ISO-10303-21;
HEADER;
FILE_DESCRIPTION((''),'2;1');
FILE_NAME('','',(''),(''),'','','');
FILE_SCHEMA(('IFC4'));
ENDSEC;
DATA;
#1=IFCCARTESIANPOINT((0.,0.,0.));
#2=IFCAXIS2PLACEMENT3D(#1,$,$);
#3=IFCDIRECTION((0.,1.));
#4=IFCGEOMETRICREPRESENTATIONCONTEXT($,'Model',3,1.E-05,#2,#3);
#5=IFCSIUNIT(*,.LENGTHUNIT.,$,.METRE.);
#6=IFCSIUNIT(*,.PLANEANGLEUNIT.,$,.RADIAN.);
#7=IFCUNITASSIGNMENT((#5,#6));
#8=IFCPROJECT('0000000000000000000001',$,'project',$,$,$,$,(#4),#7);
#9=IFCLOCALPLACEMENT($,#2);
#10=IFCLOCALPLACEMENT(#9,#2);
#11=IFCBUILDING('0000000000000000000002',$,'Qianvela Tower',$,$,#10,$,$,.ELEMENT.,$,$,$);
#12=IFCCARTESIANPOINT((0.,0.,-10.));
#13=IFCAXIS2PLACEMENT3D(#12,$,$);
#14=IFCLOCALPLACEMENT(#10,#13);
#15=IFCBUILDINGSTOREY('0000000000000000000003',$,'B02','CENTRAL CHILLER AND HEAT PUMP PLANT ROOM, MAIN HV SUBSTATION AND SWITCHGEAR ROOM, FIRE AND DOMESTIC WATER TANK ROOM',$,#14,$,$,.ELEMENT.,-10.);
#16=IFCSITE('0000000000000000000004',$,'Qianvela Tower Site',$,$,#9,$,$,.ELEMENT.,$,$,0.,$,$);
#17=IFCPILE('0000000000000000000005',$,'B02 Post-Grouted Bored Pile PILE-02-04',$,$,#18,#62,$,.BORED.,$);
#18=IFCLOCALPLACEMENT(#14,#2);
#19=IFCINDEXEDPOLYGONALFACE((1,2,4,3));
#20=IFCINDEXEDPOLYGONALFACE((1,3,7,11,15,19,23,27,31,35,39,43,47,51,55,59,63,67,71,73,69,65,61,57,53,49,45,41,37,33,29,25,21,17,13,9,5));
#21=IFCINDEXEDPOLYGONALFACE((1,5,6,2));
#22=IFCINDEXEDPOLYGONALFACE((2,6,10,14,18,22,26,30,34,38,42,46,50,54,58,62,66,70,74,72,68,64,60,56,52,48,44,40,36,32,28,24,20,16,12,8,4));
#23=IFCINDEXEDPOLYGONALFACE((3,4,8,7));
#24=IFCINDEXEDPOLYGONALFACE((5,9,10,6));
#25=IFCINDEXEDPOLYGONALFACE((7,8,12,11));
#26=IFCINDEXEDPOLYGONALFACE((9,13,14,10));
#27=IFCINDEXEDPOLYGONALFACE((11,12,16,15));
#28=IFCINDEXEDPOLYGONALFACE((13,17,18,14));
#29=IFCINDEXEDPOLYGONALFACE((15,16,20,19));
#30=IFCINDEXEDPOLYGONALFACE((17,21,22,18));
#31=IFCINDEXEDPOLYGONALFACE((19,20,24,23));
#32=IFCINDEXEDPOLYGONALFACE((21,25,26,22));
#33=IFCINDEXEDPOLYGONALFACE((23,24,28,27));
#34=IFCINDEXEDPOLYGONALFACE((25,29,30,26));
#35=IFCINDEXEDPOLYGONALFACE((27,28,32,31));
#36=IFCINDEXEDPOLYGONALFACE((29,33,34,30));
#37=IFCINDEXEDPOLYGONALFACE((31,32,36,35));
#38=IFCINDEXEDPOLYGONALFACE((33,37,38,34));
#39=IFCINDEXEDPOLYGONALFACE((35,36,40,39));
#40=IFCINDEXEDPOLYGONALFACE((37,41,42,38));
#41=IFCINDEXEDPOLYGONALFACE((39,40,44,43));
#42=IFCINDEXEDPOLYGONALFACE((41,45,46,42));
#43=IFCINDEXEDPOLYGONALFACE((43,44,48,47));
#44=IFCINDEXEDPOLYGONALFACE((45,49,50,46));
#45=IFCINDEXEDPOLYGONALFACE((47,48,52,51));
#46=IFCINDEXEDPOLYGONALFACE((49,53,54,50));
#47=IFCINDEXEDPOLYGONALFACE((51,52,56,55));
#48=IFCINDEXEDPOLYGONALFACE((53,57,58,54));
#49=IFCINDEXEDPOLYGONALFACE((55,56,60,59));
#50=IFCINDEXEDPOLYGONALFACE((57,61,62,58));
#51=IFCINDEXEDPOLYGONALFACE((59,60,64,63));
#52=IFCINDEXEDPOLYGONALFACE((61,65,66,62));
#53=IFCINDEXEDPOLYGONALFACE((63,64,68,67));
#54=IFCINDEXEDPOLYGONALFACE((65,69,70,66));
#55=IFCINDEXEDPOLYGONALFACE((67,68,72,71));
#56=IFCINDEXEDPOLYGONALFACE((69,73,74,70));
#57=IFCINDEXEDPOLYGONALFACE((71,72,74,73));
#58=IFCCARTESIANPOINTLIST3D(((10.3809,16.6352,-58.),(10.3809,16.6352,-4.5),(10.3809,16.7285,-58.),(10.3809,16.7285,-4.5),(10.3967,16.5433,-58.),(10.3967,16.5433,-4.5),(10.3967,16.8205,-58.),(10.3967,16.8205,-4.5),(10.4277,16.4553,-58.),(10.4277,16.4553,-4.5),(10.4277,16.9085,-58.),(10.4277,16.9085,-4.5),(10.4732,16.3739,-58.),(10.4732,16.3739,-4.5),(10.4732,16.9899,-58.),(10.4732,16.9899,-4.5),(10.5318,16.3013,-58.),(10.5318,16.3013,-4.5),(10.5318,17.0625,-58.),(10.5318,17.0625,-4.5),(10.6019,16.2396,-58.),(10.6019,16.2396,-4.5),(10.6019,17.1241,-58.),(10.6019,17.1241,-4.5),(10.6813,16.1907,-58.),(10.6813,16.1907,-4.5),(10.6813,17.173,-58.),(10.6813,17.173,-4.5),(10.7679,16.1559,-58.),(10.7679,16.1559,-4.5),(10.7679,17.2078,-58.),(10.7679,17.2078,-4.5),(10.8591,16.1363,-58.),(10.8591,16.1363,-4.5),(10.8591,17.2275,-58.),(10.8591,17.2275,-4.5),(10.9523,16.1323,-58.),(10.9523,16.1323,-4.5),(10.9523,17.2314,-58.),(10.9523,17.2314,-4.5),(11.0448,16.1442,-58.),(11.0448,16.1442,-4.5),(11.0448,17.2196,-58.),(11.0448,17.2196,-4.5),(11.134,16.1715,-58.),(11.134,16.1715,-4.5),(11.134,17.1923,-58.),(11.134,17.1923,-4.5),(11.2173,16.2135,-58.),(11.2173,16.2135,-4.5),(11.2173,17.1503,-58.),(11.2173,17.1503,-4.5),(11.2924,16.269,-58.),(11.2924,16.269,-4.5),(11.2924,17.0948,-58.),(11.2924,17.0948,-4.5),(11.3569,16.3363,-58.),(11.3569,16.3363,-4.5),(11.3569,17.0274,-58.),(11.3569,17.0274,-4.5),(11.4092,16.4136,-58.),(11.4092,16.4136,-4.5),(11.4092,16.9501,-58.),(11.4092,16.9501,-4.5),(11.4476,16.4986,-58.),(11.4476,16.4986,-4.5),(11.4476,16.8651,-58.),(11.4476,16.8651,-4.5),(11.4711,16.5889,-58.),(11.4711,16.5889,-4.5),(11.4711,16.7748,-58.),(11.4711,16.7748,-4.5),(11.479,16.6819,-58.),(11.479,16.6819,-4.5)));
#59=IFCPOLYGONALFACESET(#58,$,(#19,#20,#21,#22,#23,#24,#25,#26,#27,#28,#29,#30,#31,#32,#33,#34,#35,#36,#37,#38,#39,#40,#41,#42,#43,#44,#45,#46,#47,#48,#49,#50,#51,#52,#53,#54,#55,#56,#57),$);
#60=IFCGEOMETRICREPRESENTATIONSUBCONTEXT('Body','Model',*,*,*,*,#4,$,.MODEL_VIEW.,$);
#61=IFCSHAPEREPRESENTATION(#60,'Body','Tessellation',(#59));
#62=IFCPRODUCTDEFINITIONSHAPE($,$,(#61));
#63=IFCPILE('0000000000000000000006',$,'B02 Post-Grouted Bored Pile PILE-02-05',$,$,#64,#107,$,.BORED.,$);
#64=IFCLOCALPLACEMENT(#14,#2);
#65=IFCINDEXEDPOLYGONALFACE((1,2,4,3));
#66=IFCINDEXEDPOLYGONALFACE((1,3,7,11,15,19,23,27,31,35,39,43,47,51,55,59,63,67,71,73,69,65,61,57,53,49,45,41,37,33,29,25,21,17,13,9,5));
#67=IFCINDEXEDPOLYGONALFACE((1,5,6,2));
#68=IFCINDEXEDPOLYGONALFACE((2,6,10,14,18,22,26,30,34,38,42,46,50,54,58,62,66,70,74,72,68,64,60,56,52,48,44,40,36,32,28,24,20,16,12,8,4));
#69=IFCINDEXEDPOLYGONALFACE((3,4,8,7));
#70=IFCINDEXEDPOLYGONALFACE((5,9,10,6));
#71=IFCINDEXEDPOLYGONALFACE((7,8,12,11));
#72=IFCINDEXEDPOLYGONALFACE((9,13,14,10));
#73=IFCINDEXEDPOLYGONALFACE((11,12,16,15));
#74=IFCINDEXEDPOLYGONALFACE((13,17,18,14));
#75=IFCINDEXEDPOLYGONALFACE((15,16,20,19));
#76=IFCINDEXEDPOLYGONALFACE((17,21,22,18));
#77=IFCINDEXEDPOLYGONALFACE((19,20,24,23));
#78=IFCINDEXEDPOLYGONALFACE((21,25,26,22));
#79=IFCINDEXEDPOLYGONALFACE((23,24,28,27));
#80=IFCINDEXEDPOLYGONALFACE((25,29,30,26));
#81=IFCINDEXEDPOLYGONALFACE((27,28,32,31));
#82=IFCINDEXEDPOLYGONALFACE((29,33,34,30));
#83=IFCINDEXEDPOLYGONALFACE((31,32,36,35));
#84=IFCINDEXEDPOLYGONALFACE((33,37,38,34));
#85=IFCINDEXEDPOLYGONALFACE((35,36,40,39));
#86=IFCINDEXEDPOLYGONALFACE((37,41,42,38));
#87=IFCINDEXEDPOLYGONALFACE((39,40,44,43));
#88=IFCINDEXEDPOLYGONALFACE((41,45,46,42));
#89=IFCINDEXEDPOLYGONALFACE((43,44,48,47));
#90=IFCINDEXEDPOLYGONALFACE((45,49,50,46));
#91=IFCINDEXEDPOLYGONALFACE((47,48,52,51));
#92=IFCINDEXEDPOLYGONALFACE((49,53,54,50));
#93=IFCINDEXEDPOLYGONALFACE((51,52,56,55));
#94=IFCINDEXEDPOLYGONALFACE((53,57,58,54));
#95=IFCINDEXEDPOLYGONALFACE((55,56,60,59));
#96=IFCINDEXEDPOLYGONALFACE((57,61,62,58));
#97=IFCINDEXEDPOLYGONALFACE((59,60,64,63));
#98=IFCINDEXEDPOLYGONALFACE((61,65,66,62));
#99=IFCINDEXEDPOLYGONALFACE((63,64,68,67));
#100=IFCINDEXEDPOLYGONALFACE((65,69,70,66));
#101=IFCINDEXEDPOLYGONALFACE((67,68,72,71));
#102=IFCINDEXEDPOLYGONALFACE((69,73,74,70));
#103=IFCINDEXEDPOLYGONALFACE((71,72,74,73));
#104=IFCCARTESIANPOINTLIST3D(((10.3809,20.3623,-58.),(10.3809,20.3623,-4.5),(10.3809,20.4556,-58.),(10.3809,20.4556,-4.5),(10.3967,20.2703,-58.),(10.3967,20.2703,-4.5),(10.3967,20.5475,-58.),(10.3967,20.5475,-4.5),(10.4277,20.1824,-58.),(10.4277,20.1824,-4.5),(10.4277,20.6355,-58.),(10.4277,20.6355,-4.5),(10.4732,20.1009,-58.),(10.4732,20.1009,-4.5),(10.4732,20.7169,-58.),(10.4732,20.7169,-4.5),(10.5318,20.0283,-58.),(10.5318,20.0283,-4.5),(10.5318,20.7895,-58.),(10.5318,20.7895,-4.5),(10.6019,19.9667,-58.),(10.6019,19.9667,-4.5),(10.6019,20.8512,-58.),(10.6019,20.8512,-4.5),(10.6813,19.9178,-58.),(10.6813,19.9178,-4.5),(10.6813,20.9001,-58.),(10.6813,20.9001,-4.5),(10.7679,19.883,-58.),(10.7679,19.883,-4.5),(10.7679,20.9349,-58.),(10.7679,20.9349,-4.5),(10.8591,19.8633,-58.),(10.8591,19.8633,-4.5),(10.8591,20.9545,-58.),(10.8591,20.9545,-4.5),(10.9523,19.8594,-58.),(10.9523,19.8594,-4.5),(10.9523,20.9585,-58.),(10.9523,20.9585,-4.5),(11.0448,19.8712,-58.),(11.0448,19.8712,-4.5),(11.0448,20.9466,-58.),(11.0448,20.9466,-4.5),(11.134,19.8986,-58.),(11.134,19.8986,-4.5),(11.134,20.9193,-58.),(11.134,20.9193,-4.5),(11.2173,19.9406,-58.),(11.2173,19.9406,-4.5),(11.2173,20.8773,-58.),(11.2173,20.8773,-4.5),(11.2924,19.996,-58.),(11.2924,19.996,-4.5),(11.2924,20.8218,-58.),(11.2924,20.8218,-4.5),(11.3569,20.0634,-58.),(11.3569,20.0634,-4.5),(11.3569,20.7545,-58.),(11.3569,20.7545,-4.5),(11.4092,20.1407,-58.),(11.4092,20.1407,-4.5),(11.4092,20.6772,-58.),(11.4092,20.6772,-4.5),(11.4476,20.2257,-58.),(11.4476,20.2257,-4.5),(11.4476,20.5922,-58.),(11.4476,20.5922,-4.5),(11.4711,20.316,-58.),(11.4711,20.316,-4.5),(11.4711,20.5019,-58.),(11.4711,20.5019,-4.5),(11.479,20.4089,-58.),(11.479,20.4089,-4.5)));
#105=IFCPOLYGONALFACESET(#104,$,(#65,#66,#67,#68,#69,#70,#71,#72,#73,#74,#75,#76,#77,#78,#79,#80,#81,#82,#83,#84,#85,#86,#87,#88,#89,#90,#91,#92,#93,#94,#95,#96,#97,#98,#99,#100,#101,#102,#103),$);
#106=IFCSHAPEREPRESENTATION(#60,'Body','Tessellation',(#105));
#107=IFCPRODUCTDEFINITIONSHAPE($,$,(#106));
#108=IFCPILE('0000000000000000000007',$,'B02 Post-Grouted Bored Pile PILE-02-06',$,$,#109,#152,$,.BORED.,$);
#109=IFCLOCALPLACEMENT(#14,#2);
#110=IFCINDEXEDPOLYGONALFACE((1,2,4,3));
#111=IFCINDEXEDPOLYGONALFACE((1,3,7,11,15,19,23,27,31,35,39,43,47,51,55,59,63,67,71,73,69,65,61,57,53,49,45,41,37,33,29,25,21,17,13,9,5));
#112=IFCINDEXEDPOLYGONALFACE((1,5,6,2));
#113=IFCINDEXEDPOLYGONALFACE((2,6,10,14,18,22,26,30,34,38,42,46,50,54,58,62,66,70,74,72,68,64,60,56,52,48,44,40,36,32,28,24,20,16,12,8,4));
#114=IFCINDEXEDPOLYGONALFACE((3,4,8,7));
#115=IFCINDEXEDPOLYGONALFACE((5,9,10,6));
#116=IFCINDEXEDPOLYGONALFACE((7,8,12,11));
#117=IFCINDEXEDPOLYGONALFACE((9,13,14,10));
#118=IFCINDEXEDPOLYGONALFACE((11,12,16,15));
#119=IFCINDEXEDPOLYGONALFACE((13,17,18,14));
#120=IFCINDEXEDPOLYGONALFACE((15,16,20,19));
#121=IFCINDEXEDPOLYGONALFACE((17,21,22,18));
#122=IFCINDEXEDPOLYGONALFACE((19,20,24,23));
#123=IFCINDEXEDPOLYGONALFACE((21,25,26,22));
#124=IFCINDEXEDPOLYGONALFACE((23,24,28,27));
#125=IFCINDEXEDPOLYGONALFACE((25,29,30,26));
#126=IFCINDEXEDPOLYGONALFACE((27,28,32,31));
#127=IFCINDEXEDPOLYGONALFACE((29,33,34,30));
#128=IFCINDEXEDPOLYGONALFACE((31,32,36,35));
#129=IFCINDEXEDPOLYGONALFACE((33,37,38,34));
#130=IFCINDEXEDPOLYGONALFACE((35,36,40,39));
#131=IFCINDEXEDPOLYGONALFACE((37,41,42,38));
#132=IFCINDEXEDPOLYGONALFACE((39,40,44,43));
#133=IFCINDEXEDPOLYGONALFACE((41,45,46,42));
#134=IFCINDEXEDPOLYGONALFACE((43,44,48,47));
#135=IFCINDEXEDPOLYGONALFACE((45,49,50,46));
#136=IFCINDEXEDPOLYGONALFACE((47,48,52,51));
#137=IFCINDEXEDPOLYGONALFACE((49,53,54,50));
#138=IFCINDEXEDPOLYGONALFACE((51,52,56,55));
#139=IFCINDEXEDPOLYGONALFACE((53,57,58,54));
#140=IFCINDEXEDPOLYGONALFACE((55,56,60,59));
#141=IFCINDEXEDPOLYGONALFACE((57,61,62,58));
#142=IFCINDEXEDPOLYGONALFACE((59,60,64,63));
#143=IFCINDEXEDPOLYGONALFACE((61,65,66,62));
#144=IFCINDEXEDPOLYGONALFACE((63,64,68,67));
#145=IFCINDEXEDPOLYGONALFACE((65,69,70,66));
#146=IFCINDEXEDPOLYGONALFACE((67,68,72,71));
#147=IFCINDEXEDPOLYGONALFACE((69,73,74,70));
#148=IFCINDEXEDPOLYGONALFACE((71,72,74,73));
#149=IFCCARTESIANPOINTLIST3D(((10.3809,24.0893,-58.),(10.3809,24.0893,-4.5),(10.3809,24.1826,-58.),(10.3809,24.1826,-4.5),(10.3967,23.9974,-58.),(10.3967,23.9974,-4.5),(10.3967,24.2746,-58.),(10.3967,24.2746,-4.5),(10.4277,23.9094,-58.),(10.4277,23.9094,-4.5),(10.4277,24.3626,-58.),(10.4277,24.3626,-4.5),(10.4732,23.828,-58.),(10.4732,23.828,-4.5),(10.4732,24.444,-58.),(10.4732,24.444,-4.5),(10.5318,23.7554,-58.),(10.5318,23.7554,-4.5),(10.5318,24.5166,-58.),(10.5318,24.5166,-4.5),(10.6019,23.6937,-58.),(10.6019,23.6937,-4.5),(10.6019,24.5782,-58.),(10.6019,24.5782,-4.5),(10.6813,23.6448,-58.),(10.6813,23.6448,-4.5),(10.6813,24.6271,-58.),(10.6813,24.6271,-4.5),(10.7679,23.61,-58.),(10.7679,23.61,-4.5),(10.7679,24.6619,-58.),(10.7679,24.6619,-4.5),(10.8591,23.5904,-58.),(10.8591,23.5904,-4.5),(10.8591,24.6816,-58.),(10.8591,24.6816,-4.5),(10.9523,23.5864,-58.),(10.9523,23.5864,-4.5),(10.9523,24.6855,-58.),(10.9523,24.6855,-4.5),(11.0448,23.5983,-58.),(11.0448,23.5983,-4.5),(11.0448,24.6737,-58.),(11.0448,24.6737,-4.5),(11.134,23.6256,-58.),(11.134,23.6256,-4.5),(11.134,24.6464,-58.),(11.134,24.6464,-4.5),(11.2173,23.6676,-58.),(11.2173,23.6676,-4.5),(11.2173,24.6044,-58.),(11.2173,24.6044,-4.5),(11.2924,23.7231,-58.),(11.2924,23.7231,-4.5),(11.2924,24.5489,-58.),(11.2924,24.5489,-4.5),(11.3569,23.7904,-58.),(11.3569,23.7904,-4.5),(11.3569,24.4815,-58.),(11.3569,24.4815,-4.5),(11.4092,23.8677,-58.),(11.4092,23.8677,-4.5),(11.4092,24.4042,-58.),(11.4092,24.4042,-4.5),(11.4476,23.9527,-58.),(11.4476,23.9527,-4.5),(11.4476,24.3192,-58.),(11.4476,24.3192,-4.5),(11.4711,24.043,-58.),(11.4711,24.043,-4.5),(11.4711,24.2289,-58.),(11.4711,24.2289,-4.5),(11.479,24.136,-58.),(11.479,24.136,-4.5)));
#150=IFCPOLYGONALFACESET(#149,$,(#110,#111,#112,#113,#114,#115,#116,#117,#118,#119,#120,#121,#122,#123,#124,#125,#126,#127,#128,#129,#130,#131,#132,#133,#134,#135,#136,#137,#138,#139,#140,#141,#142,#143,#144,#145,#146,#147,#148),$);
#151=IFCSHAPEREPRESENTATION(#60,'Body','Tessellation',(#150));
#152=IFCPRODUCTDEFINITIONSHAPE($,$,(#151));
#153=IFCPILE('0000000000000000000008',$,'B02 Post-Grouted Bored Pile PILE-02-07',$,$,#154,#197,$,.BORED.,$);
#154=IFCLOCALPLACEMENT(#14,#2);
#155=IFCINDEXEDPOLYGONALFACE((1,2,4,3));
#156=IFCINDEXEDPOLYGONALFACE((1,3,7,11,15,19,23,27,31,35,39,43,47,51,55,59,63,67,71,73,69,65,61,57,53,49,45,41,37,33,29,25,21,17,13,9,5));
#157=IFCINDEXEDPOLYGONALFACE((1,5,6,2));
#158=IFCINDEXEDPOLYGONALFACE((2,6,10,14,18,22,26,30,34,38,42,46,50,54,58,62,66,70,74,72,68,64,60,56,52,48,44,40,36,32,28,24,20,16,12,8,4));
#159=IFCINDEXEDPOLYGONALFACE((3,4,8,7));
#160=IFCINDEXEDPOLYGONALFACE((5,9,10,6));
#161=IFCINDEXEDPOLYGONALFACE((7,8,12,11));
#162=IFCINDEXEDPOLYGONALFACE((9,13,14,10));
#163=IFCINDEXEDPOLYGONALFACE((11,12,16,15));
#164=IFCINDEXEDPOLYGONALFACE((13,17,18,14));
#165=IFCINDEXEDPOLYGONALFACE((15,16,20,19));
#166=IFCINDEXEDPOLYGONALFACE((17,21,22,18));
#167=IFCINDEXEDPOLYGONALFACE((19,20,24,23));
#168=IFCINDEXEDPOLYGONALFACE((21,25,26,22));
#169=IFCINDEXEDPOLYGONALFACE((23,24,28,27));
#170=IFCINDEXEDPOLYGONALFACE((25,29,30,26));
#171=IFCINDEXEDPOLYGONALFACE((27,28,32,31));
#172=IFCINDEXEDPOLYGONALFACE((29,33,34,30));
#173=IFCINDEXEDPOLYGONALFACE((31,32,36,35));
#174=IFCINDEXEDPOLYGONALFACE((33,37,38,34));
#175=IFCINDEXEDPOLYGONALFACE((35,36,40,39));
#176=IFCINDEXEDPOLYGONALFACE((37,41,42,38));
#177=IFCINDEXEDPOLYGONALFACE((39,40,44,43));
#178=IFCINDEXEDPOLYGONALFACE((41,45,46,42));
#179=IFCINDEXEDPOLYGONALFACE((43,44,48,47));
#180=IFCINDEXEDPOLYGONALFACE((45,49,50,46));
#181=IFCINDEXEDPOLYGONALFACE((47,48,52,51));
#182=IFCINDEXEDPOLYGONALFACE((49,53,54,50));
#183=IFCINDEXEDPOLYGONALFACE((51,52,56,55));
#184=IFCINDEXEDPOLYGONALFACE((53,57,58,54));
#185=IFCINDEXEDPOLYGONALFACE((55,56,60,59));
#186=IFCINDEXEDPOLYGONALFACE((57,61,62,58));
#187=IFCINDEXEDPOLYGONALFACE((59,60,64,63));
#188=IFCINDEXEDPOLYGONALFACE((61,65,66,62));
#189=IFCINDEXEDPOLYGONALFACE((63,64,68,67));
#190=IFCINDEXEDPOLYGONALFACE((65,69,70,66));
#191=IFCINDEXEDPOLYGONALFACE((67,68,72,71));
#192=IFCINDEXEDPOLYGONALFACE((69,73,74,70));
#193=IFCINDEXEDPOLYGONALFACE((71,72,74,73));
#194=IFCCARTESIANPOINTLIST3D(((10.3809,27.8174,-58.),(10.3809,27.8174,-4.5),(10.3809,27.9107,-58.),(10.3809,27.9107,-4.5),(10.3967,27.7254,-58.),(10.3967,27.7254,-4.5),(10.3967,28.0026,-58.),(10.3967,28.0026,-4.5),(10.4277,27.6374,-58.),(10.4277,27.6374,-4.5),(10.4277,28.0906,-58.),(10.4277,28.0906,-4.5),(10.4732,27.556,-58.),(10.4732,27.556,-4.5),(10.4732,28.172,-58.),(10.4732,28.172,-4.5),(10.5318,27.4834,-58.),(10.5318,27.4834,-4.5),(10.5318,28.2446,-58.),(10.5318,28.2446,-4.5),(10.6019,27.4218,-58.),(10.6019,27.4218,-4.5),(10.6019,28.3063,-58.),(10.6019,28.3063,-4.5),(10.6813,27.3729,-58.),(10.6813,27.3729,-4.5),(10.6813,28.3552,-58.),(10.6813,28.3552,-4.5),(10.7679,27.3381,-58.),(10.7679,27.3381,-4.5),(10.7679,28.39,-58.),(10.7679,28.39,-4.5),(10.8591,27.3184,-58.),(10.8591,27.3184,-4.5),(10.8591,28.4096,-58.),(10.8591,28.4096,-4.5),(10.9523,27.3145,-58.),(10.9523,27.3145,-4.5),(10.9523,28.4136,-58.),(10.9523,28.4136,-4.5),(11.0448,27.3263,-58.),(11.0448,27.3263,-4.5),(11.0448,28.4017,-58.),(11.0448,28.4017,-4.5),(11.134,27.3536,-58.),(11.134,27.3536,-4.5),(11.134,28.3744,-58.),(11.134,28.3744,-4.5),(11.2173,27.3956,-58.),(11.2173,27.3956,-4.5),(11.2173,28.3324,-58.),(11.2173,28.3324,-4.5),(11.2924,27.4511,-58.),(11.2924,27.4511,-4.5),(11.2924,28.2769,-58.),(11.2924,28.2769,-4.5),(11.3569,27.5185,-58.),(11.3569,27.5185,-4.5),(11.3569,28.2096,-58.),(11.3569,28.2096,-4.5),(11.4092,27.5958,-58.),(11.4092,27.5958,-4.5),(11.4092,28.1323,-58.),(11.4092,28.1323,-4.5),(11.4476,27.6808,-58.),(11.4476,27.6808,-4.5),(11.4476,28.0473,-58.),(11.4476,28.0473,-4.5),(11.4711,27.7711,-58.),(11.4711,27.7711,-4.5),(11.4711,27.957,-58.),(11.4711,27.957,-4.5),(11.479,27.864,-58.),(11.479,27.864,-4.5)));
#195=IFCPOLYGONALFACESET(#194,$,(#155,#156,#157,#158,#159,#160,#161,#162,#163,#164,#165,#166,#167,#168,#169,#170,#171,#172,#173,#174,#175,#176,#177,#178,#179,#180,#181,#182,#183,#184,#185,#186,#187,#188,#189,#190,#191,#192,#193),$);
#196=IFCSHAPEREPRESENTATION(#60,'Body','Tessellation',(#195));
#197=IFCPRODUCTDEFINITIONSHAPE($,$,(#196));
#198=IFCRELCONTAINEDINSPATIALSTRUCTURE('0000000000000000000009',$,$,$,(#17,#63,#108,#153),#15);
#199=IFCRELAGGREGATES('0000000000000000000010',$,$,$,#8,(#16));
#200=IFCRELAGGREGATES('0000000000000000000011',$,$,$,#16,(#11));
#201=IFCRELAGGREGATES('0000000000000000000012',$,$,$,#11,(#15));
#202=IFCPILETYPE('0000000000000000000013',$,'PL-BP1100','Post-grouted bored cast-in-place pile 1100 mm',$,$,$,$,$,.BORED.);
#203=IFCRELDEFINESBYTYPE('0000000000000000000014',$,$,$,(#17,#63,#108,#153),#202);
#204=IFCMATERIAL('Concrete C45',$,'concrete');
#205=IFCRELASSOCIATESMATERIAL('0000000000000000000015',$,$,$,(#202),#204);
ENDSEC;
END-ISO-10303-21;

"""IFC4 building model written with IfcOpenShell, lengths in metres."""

from ifc_helpers import new_model, si_unit, direction, frame, origin, origin_2d, place, context, subcontext, project, spatial, circle, extrude, material, material_profile, profile_set, type_object, element, save


model = new_model("IFC4")

# Units and contexts
model_context = context("Model", 3, precision=1e-05, world=origin(), true_north=direction((0.0, 1.0)))
body_context = subcontext(model_context, "Body", "Model", "MODEL_VIEW")
ifc_project = project(units=[si_unit("LENGTHUNIT", "METRE"), si_unit("PLANEANGLEUNIT", "RADIAN")], contexts=[model_context])

# Site, building, storey
site_placement = place(None, origin())
site = spatial("IfcSite", under=ifc_project, at=site_placement, Name="Qianvela Tower Site", CompositionType="ELEMENT", RefElevation=0.0)
building_placement = place(site_placement, origin())
building = spatial("IfcBuilding", under=site, at=building_placement, Name="Qianvela Tower", CompositionType="ELEMENT")
storey_placement = place(building_placement, frame((0.0, 0.0, -10.0)))
storey = spatial("IfcBuildingStorey", under=building, at=storey_placement, Name="B02", Description="CENTRAL CHILLER AND HEAT PUMP PLANT ROOM, MAIN HV SUBSTATION AND SWITCHGEAR ROOM, FIRE AND DOMESTIC WATER TANK ROOM", CompositionType="ELEMENT", Elevation=-10.0)

# Piles
ifc_material_1 = material(Name="Concrete C45", Category="concrete")
ifc_material_profile_1 = material_profile(ifc_material_1, circle(Radius=0.55, at=origin_2d()), Name="BP-1100")
ifc_profile_set_1 = profile_set([ifc_material_profile_1], Name="Concrete C45")
pile_type_1 = type_object("IfcPileType", Name="PL-BP1100", Description="Post-grouted bored cast-in-place pile 1100 mm", PredefinedType="BORED", material=ifc_profile_set_1)
for number, where, z_axis, x_axis, name in (
    (1, (10.929, 16.6819, -4.5), (0.0, 0.0, -1.0), (1.0, 0.0, 0.0), "B02 Post-Grouted Bored Pile PILE-02-04"),
    (2, (10.929, 20.4089, -4.5), (0.0, 0.0, -1.0), (1.0, 0.0, 0.0), "B02 Post-Grouted Bored Pile PILE-02-05"),
    (3, (10.929, 24.136, -4.5), (0.0, 0.0, -1.0), (1.0, 0.0, 0.0), "B02 Post-Grouted Bored Pile PILE-02-06"),
    (4, (10.929, 27.864, -4.5), (0.0, 0.0, -1.0), (1.0, 0.0, 0.0), "B02 Post-Grouted Bored Pile PILE-02-07"),
):
    element("IfcPile", number, at=place(storey_placement, frame(where, z_axis=z_axis, x_axis=x_axis)), inside=storey, type_object=pile_type_1, Name=name, PredefinedType="BORED", context=body_context, shape_type="SweptSolid", body=[
        extrude(circle(Radius=0.55, at=origin_2d()), origin(), (0.0, 0.0, 1.0), 53.5),
    ])

save(model, "model.ifc")
